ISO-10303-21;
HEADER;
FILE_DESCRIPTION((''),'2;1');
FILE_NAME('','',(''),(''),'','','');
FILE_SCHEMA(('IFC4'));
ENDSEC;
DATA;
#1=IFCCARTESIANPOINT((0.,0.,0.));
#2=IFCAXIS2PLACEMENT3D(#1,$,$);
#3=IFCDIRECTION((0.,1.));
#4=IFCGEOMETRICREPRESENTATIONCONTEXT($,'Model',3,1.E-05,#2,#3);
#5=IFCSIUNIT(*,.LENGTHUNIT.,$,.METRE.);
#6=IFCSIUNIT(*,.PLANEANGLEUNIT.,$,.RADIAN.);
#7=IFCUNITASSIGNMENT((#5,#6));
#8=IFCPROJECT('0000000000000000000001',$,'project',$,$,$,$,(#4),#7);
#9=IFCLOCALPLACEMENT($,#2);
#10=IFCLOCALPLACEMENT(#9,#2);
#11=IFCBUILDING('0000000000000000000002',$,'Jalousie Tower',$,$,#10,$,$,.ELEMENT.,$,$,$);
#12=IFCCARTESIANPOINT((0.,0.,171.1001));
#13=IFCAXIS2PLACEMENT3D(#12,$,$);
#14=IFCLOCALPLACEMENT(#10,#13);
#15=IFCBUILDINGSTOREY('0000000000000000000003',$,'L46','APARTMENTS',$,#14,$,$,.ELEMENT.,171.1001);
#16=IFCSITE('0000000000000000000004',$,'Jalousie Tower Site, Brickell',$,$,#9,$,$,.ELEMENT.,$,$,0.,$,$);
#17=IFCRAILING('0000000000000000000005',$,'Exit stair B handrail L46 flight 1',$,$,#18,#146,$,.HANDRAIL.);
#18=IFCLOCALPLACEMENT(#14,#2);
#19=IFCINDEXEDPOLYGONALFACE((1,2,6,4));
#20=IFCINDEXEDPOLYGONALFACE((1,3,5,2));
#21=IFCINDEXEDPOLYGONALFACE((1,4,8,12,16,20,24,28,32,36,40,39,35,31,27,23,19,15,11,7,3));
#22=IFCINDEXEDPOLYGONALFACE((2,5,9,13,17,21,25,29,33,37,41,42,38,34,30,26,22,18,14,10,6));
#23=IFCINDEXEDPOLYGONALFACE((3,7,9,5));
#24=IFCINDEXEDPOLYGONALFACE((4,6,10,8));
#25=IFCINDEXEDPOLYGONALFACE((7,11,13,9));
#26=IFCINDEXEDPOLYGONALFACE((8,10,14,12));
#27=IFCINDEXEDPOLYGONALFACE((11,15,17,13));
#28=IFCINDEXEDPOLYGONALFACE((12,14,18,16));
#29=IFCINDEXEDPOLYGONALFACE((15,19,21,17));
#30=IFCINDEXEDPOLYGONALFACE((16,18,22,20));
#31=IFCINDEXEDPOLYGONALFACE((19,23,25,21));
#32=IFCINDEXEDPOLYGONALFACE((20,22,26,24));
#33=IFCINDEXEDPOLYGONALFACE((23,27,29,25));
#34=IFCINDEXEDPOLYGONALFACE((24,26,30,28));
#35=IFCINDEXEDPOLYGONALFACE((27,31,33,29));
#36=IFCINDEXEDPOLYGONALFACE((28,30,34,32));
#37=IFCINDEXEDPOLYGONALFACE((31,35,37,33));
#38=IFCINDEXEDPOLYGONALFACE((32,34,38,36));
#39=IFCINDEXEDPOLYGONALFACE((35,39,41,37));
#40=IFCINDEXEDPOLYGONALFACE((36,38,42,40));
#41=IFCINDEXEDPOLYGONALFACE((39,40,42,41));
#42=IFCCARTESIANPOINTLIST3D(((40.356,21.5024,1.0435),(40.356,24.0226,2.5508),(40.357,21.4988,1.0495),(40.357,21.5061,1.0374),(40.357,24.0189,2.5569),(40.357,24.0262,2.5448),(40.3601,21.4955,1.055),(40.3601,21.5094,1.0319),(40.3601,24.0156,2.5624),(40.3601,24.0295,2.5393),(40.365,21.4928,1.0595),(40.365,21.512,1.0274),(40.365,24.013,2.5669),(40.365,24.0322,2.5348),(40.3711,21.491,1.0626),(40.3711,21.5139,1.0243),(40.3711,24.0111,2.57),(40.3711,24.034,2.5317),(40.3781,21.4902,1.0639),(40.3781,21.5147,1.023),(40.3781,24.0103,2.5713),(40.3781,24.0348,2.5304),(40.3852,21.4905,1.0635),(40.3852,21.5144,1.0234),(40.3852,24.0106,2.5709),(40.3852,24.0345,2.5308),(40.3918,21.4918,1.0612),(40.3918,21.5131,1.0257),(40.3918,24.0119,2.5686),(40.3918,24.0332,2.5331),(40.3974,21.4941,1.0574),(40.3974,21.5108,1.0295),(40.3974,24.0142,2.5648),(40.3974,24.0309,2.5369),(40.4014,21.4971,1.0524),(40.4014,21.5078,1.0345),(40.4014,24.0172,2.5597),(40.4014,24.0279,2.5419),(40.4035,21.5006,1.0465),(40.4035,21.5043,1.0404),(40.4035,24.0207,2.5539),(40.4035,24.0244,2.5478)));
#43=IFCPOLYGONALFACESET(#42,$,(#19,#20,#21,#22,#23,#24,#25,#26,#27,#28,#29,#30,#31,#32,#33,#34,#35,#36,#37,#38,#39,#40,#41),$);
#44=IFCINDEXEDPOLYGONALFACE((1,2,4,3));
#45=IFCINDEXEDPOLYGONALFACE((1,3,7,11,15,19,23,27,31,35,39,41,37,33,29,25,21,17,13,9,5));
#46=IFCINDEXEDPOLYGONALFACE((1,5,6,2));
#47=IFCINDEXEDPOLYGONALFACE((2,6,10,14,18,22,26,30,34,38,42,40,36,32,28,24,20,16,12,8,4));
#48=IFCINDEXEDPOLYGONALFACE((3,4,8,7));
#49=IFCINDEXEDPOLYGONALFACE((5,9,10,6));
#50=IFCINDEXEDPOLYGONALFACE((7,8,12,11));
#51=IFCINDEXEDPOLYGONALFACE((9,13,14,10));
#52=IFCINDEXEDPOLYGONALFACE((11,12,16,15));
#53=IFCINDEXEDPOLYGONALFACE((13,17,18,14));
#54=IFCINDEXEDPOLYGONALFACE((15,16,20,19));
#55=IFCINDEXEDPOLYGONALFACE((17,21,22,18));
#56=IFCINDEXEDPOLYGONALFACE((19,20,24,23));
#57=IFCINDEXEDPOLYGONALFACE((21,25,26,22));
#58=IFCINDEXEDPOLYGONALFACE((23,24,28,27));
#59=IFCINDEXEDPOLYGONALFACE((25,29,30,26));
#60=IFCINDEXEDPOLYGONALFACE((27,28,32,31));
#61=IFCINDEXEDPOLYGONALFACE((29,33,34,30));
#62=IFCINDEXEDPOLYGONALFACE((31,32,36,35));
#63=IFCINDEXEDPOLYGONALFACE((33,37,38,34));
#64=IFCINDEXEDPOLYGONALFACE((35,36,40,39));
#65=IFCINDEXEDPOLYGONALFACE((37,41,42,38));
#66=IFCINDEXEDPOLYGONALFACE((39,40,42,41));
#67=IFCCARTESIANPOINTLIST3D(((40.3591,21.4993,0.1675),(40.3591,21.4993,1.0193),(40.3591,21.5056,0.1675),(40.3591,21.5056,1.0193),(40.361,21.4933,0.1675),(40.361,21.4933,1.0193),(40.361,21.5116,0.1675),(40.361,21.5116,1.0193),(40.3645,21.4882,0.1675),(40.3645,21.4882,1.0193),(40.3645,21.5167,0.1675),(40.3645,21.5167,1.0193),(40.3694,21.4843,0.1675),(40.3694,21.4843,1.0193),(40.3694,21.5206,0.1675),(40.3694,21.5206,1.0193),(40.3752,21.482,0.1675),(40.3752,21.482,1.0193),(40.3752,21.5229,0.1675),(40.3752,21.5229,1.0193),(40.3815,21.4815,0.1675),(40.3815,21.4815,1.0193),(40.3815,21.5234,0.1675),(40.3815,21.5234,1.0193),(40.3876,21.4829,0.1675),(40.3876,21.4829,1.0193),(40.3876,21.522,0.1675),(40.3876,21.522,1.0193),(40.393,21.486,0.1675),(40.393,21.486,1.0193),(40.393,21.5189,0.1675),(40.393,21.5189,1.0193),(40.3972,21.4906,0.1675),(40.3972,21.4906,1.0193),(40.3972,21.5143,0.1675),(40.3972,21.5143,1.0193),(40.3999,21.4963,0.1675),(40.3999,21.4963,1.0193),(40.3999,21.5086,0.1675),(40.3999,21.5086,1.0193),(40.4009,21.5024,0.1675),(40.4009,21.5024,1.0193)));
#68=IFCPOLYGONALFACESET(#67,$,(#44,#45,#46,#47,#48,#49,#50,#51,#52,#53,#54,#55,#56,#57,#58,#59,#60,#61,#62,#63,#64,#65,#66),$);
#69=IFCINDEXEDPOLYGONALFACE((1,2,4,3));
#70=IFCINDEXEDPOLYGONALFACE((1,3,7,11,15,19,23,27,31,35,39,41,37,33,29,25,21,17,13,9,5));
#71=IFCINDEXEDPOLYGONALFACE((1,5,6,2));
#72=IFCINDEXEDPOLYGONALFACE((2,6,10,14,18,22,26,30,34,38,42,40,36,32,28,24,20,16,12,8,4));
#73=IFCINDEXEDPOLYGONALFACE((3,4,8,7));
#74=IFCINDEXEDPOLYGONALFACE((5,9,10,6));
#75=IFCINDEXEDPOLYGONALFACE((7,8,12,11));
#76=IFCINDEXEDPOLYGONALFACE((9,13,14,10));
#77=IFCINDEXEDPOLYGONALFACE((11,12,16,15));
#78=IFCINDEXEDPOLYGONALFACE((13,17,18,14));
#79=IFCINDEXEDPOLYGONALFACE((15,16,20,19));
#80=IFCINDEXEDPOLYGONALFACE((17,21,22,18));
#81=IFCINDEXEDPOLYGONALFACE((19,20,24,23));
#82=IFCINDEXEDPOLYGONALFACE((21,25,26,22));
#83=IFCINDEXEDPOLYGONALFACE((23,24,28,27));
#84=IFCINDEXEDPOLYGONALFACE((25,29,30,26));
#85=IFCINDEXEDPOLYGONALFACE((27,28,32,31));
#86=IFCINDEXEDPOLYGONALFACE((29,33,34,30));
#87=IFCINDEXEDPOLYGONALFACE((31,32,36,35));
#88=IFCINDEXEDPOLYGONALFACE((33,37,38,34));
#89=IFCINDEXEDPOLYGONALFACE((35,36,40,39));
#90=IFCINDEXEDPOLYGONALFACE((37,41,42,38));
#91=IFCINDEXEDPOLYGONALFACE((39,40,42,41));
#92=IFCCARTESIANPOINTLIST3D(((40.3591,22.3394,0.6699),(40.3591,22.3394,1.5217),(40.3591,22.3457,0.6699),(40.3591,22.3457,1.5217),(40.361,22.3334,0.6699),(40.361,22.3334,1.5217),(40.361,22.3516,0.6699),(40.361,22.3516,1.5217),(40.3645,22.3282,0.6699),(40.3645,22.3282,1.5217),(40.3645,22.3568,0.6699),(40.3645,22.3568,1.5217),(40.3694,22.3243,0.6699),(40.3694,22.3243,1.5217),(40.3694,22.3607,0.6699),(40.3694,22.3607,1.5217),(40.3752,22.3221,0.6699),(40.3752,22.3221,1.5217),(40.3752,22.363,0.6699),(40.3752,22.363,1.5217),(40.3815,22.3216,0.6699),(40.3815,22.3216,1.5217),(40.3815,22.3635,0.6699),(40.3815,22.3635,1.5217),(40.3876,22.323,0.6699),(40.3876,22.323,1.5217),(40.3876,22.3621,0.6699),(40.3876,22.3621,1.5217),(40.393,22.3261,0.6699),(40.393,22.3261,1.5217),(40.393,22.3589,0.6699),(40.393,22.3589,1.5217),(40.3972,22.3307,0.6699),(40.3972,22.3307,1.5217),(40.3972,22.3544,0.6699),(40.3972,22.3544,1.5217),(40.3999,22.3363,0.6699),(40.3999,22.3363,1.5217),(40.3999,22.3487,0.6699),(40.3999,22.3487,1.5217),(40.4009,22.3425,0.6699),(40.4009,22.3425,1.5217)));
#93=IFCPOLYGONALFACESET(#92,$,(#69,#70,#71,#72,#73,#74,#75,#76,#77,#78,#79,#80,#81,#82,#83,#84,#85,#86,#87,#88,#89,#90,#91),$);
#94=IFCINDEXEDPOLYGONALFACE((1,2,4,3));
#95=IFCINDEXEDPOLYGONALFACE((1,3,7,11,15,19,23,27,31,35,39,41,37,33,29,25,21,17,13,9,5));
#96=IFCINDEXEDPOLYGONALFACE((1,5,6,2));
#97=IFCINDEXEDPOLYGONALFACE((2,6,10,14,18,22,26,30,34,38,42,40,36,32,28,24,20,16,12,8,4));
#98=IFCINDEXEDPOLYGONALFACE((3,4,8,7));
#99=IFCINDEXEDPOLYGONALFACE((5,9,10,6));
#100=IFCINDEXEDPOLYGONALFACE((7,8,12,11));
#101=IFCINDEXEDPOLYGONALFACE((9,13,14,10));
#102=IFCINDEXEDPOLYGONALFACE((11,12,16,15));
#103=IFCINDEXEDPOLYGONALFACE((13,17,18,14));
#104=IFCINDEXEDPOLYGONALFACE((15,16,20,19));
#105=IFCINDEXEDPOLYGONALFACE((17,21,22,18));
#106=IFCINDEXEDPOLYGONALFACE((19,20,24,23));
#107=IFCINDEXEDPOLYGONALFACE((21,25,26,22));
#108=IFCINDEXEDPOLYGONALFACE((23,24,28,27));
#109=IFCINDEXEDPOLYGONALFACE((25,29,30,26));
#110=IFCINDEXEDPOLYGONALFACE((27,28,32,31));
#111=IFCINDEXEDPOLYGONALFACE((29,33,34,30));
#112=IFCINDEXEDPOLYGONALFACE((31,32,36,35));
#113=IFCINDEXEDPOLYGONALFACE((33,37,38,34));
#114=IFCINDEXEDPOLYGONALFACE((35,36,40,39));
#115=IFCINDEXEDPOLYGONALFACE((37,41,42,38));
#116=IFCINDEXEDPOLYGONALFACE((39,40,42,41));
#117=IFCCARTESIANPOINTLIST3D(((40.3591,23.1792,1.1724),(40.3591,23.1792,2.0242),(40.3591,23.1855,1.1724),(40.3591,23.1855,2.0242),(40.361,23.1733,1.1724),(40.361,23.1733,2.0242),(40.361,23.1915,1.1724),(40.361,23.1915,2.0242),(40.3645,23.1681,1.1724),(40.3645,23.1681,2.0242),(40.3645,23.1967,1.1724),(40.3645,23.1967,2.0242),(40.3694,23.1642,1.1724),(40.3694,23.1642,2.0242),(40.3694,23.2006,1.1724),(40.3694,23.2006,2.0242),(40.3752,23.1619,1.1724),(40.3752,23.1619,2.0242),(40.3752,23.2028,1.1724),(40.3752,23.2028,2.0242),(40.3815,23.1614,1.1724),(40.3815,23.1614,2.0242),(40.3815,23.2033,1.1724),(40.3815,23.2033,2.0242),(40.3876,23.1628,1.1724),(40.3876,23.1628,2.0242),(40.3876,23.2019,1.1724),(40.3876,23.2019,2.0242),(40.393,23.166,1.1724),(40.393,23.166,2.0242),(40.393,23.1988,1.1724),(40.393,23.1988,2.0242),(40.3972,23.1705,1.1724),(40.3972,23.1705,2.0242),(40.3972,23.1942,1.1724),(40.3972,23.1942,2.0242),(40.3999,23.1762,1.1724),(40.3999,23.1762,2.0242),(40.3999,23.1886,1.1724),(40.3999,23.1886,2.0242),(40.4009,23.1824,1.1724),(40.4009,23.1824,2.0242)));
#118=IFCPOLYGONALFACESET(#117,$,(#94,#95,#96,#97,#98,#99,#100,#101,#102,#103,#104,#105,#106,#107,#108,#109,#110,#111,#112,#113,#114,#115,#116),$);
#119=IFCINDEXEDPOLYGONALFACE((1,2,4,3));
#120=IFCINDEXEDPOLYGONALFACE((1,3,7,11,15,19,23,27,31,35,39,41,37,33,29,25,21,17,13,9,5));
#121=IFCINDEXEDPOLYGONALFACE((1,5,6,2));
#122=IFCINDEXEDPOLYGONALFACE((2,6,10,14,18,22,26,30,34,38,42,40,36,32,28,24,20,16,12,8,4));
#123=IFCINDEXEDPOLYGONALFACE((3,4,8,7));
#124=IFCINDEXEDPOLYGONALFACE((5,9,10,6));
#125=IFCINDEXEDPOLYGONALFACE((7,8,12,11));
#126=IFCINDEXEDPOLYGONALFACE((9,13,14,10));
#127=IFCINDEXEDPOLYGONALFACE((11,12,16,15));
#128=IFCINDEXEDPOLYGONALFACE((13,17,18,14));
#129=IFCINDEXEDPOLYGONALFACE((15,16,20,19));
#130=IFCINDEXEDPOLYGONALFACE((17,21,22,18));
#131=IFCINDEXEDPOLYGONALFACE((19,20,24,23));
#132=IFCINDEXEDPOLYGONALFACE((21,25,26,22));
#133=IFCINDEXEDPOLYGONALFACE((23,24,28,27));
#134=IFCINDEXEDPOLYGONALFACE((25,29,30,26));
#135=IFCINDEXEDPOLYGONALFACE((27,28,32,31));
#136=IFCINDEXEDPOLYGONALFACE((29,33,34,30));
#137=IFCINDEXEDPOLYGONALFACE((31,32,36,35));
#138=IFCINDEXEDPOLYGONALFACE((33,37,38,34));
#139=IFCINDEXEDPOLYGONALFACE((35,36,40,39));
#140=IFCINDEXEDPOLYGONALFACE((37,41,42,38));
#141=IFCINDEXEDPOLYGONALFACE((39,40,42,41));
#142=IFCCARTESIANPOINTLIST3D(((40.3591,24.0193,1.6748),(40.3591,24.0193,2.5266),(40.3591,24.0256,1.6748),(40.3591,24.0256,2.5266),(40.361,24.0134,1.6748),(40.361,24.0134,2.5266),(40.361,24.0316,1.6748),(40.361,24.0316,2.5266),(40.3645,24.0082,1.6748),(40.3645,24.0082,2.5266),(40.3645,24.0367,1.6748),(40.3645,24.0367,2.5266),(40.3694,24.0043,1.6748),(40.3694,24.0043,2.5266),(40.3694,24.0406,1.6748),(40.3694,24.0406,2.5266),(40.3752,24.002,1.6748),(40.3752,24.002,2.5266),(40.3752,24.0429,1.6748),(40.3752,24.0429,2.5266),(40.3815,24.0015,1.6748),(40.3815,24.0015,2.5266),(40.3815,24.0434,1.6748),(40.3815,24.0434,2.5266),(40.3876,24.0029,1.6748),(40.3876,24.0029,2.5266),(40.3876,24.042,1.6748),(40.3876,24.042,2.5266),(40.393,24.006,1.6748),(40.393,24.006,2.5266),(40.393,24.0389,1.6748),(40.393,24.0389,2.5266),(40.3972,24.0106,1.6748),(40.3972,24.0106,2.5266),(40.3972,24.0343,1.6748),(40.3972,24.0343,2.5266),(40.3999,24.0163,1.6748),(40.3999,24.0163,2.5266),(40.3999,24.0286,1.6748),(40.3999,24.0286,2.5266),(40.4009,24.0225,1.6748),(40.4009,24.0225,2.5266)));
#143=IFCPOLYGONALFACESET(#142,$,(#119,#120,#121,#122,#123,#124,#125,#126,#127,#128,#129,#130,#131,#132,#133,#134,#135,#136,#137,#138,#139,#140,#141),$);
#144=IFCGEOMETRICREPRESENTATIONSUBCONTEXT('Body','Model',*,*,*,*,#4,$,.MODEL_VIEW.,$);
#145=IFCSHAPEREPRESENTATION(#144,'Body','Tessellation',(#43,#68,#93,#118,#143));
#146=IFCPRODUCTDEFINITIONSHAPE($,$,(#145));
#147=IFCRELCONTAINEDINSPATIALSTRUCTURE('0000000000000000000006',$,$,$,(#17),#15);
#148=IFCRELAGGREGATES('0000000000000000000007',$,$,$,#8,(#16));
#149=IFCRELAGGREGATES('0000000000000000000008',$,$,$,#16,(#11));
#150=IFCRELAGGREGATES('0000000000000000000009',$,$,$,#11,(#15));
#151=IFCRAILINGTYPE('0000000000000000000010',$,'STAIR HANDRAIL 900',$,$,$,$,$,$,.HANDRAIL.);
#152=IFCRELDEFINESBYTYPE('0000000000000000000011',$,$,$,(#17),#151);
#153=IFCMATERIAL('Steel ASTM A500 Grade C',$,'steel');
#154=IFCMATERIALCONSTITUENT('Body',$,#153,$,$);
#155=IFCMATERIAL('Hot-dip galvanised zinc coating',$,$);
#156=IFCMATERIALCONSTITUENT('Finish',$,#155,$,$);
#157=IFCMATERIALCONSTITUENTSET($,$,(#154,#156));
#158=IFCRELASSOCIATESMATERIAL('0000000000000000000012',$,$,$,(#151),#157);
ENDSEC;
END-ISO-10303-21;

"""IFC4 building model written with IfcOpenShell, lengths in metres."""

from ifc_helpers import new_model, si_unit, direction, frame, origin, origin_2d, place, context, subcontext, project, spatial, circle, extrude, material, constituent, constituent_set, type_object, element, save


model = new_model("IFC4")

# Units and contexts
model_context = context("Model", 3, precision=1e-05, world=origin(), true_north=direction((0.0, 1.0)))
body_context = subcontext(model_context, "Body", "Model", "MODEL_VIEW")
ifc_project = project(units=[si_unit("LENGTHUNIT", "METRE"), si_unit("PLANEANGLEUNIT", "RADIAN")], contexts=[model_context])

# Site, building, storey
site_placement = place(None, origin())
site = spatial("IfcSite", under=ifc_project, at=site_placement, Name="Jalousie Tower Site, Brickell", CompositionType="ELEMENT", RefElevation=0.0)
building_placement = place(site_placement, origin())
building = spatial("IfcBuilding", under=site, at=building_placement, Name="Jalousie Tower", CompositionType="ELEMENT")
storey_placement = place(building_placement, frame((0.0, 0.0, 171.1001)))
storey = spatial("IfcBuildingStorey", under=building, at=storey_placement, Name="L46", Description="APARTMENTS", CompositionType="ELEMENT", Elevation=171.1001)

# Railing
ifc_material_1 = material(Name="Steel ASTM A500 Grade C", Category="steel")
ifc_constituent_1 = constituent(ifc_material_1, Name="Body")
ifc_material_2 = material(Name="Hot-dip galvanised zinc coating")
ifc_constituent_2 = constituent(ifc_material_2, Name="Finish")
ifc_constituent_set_1 = constituent_set(constituents=[ifc_constituent_1, ifc_constituent_2])
railing_type_1 = type_object("IfcRailingType", Name="STAIR HANDRAIL 900", PredefinedType="HANDRAIL", material=ifc_constituent_set_1)
railing_1_placement = place(storey_placement, frame((40.3799, 21.5024, 0.1675)))
element("IfcRailing", 1, at=railing_1_placement, inside=storey, type_object=railing_type_1, Name="Exit stair B handrail L46 flight 1", PredefinedType="HANDRAIL", context=body_context, shape_type="SweptSolid", body=[
    extrude(circle(Radius=0.0239, at=origin_2d()), frame((0.0, 0.0, 0.876), z_axis=(0.0, 0.858196, 0.513321), x_axis=(-1.0, 0.0, 0.0)), (0.0, 0.0, 1.0), 2.9365),
    extrude(circle(Radius=0.021, at=origin_2d()), origin(), (0.0, 0.0, 1.0), 0.8518),
    extrude(circle(Radius=0.021, at=origin_2d()), frame((0.0, 0.8401, 0.5024)), (0.0, 0.0, 1.0), 0.8518),
    extrude(circle(Radius=0.021, at=origin_2d()), frame((0.0, 1.6799, 1.0049)), (0.0, 0.0, 1.0), 0.8518),
    extrude(circle(Radius=0.021, at=origin_2d()), frame((0.0, 2.52, 1.5073)), (0.0, 0.0, 1.0), 0.8518),
])

save(model, "model.ifc")
